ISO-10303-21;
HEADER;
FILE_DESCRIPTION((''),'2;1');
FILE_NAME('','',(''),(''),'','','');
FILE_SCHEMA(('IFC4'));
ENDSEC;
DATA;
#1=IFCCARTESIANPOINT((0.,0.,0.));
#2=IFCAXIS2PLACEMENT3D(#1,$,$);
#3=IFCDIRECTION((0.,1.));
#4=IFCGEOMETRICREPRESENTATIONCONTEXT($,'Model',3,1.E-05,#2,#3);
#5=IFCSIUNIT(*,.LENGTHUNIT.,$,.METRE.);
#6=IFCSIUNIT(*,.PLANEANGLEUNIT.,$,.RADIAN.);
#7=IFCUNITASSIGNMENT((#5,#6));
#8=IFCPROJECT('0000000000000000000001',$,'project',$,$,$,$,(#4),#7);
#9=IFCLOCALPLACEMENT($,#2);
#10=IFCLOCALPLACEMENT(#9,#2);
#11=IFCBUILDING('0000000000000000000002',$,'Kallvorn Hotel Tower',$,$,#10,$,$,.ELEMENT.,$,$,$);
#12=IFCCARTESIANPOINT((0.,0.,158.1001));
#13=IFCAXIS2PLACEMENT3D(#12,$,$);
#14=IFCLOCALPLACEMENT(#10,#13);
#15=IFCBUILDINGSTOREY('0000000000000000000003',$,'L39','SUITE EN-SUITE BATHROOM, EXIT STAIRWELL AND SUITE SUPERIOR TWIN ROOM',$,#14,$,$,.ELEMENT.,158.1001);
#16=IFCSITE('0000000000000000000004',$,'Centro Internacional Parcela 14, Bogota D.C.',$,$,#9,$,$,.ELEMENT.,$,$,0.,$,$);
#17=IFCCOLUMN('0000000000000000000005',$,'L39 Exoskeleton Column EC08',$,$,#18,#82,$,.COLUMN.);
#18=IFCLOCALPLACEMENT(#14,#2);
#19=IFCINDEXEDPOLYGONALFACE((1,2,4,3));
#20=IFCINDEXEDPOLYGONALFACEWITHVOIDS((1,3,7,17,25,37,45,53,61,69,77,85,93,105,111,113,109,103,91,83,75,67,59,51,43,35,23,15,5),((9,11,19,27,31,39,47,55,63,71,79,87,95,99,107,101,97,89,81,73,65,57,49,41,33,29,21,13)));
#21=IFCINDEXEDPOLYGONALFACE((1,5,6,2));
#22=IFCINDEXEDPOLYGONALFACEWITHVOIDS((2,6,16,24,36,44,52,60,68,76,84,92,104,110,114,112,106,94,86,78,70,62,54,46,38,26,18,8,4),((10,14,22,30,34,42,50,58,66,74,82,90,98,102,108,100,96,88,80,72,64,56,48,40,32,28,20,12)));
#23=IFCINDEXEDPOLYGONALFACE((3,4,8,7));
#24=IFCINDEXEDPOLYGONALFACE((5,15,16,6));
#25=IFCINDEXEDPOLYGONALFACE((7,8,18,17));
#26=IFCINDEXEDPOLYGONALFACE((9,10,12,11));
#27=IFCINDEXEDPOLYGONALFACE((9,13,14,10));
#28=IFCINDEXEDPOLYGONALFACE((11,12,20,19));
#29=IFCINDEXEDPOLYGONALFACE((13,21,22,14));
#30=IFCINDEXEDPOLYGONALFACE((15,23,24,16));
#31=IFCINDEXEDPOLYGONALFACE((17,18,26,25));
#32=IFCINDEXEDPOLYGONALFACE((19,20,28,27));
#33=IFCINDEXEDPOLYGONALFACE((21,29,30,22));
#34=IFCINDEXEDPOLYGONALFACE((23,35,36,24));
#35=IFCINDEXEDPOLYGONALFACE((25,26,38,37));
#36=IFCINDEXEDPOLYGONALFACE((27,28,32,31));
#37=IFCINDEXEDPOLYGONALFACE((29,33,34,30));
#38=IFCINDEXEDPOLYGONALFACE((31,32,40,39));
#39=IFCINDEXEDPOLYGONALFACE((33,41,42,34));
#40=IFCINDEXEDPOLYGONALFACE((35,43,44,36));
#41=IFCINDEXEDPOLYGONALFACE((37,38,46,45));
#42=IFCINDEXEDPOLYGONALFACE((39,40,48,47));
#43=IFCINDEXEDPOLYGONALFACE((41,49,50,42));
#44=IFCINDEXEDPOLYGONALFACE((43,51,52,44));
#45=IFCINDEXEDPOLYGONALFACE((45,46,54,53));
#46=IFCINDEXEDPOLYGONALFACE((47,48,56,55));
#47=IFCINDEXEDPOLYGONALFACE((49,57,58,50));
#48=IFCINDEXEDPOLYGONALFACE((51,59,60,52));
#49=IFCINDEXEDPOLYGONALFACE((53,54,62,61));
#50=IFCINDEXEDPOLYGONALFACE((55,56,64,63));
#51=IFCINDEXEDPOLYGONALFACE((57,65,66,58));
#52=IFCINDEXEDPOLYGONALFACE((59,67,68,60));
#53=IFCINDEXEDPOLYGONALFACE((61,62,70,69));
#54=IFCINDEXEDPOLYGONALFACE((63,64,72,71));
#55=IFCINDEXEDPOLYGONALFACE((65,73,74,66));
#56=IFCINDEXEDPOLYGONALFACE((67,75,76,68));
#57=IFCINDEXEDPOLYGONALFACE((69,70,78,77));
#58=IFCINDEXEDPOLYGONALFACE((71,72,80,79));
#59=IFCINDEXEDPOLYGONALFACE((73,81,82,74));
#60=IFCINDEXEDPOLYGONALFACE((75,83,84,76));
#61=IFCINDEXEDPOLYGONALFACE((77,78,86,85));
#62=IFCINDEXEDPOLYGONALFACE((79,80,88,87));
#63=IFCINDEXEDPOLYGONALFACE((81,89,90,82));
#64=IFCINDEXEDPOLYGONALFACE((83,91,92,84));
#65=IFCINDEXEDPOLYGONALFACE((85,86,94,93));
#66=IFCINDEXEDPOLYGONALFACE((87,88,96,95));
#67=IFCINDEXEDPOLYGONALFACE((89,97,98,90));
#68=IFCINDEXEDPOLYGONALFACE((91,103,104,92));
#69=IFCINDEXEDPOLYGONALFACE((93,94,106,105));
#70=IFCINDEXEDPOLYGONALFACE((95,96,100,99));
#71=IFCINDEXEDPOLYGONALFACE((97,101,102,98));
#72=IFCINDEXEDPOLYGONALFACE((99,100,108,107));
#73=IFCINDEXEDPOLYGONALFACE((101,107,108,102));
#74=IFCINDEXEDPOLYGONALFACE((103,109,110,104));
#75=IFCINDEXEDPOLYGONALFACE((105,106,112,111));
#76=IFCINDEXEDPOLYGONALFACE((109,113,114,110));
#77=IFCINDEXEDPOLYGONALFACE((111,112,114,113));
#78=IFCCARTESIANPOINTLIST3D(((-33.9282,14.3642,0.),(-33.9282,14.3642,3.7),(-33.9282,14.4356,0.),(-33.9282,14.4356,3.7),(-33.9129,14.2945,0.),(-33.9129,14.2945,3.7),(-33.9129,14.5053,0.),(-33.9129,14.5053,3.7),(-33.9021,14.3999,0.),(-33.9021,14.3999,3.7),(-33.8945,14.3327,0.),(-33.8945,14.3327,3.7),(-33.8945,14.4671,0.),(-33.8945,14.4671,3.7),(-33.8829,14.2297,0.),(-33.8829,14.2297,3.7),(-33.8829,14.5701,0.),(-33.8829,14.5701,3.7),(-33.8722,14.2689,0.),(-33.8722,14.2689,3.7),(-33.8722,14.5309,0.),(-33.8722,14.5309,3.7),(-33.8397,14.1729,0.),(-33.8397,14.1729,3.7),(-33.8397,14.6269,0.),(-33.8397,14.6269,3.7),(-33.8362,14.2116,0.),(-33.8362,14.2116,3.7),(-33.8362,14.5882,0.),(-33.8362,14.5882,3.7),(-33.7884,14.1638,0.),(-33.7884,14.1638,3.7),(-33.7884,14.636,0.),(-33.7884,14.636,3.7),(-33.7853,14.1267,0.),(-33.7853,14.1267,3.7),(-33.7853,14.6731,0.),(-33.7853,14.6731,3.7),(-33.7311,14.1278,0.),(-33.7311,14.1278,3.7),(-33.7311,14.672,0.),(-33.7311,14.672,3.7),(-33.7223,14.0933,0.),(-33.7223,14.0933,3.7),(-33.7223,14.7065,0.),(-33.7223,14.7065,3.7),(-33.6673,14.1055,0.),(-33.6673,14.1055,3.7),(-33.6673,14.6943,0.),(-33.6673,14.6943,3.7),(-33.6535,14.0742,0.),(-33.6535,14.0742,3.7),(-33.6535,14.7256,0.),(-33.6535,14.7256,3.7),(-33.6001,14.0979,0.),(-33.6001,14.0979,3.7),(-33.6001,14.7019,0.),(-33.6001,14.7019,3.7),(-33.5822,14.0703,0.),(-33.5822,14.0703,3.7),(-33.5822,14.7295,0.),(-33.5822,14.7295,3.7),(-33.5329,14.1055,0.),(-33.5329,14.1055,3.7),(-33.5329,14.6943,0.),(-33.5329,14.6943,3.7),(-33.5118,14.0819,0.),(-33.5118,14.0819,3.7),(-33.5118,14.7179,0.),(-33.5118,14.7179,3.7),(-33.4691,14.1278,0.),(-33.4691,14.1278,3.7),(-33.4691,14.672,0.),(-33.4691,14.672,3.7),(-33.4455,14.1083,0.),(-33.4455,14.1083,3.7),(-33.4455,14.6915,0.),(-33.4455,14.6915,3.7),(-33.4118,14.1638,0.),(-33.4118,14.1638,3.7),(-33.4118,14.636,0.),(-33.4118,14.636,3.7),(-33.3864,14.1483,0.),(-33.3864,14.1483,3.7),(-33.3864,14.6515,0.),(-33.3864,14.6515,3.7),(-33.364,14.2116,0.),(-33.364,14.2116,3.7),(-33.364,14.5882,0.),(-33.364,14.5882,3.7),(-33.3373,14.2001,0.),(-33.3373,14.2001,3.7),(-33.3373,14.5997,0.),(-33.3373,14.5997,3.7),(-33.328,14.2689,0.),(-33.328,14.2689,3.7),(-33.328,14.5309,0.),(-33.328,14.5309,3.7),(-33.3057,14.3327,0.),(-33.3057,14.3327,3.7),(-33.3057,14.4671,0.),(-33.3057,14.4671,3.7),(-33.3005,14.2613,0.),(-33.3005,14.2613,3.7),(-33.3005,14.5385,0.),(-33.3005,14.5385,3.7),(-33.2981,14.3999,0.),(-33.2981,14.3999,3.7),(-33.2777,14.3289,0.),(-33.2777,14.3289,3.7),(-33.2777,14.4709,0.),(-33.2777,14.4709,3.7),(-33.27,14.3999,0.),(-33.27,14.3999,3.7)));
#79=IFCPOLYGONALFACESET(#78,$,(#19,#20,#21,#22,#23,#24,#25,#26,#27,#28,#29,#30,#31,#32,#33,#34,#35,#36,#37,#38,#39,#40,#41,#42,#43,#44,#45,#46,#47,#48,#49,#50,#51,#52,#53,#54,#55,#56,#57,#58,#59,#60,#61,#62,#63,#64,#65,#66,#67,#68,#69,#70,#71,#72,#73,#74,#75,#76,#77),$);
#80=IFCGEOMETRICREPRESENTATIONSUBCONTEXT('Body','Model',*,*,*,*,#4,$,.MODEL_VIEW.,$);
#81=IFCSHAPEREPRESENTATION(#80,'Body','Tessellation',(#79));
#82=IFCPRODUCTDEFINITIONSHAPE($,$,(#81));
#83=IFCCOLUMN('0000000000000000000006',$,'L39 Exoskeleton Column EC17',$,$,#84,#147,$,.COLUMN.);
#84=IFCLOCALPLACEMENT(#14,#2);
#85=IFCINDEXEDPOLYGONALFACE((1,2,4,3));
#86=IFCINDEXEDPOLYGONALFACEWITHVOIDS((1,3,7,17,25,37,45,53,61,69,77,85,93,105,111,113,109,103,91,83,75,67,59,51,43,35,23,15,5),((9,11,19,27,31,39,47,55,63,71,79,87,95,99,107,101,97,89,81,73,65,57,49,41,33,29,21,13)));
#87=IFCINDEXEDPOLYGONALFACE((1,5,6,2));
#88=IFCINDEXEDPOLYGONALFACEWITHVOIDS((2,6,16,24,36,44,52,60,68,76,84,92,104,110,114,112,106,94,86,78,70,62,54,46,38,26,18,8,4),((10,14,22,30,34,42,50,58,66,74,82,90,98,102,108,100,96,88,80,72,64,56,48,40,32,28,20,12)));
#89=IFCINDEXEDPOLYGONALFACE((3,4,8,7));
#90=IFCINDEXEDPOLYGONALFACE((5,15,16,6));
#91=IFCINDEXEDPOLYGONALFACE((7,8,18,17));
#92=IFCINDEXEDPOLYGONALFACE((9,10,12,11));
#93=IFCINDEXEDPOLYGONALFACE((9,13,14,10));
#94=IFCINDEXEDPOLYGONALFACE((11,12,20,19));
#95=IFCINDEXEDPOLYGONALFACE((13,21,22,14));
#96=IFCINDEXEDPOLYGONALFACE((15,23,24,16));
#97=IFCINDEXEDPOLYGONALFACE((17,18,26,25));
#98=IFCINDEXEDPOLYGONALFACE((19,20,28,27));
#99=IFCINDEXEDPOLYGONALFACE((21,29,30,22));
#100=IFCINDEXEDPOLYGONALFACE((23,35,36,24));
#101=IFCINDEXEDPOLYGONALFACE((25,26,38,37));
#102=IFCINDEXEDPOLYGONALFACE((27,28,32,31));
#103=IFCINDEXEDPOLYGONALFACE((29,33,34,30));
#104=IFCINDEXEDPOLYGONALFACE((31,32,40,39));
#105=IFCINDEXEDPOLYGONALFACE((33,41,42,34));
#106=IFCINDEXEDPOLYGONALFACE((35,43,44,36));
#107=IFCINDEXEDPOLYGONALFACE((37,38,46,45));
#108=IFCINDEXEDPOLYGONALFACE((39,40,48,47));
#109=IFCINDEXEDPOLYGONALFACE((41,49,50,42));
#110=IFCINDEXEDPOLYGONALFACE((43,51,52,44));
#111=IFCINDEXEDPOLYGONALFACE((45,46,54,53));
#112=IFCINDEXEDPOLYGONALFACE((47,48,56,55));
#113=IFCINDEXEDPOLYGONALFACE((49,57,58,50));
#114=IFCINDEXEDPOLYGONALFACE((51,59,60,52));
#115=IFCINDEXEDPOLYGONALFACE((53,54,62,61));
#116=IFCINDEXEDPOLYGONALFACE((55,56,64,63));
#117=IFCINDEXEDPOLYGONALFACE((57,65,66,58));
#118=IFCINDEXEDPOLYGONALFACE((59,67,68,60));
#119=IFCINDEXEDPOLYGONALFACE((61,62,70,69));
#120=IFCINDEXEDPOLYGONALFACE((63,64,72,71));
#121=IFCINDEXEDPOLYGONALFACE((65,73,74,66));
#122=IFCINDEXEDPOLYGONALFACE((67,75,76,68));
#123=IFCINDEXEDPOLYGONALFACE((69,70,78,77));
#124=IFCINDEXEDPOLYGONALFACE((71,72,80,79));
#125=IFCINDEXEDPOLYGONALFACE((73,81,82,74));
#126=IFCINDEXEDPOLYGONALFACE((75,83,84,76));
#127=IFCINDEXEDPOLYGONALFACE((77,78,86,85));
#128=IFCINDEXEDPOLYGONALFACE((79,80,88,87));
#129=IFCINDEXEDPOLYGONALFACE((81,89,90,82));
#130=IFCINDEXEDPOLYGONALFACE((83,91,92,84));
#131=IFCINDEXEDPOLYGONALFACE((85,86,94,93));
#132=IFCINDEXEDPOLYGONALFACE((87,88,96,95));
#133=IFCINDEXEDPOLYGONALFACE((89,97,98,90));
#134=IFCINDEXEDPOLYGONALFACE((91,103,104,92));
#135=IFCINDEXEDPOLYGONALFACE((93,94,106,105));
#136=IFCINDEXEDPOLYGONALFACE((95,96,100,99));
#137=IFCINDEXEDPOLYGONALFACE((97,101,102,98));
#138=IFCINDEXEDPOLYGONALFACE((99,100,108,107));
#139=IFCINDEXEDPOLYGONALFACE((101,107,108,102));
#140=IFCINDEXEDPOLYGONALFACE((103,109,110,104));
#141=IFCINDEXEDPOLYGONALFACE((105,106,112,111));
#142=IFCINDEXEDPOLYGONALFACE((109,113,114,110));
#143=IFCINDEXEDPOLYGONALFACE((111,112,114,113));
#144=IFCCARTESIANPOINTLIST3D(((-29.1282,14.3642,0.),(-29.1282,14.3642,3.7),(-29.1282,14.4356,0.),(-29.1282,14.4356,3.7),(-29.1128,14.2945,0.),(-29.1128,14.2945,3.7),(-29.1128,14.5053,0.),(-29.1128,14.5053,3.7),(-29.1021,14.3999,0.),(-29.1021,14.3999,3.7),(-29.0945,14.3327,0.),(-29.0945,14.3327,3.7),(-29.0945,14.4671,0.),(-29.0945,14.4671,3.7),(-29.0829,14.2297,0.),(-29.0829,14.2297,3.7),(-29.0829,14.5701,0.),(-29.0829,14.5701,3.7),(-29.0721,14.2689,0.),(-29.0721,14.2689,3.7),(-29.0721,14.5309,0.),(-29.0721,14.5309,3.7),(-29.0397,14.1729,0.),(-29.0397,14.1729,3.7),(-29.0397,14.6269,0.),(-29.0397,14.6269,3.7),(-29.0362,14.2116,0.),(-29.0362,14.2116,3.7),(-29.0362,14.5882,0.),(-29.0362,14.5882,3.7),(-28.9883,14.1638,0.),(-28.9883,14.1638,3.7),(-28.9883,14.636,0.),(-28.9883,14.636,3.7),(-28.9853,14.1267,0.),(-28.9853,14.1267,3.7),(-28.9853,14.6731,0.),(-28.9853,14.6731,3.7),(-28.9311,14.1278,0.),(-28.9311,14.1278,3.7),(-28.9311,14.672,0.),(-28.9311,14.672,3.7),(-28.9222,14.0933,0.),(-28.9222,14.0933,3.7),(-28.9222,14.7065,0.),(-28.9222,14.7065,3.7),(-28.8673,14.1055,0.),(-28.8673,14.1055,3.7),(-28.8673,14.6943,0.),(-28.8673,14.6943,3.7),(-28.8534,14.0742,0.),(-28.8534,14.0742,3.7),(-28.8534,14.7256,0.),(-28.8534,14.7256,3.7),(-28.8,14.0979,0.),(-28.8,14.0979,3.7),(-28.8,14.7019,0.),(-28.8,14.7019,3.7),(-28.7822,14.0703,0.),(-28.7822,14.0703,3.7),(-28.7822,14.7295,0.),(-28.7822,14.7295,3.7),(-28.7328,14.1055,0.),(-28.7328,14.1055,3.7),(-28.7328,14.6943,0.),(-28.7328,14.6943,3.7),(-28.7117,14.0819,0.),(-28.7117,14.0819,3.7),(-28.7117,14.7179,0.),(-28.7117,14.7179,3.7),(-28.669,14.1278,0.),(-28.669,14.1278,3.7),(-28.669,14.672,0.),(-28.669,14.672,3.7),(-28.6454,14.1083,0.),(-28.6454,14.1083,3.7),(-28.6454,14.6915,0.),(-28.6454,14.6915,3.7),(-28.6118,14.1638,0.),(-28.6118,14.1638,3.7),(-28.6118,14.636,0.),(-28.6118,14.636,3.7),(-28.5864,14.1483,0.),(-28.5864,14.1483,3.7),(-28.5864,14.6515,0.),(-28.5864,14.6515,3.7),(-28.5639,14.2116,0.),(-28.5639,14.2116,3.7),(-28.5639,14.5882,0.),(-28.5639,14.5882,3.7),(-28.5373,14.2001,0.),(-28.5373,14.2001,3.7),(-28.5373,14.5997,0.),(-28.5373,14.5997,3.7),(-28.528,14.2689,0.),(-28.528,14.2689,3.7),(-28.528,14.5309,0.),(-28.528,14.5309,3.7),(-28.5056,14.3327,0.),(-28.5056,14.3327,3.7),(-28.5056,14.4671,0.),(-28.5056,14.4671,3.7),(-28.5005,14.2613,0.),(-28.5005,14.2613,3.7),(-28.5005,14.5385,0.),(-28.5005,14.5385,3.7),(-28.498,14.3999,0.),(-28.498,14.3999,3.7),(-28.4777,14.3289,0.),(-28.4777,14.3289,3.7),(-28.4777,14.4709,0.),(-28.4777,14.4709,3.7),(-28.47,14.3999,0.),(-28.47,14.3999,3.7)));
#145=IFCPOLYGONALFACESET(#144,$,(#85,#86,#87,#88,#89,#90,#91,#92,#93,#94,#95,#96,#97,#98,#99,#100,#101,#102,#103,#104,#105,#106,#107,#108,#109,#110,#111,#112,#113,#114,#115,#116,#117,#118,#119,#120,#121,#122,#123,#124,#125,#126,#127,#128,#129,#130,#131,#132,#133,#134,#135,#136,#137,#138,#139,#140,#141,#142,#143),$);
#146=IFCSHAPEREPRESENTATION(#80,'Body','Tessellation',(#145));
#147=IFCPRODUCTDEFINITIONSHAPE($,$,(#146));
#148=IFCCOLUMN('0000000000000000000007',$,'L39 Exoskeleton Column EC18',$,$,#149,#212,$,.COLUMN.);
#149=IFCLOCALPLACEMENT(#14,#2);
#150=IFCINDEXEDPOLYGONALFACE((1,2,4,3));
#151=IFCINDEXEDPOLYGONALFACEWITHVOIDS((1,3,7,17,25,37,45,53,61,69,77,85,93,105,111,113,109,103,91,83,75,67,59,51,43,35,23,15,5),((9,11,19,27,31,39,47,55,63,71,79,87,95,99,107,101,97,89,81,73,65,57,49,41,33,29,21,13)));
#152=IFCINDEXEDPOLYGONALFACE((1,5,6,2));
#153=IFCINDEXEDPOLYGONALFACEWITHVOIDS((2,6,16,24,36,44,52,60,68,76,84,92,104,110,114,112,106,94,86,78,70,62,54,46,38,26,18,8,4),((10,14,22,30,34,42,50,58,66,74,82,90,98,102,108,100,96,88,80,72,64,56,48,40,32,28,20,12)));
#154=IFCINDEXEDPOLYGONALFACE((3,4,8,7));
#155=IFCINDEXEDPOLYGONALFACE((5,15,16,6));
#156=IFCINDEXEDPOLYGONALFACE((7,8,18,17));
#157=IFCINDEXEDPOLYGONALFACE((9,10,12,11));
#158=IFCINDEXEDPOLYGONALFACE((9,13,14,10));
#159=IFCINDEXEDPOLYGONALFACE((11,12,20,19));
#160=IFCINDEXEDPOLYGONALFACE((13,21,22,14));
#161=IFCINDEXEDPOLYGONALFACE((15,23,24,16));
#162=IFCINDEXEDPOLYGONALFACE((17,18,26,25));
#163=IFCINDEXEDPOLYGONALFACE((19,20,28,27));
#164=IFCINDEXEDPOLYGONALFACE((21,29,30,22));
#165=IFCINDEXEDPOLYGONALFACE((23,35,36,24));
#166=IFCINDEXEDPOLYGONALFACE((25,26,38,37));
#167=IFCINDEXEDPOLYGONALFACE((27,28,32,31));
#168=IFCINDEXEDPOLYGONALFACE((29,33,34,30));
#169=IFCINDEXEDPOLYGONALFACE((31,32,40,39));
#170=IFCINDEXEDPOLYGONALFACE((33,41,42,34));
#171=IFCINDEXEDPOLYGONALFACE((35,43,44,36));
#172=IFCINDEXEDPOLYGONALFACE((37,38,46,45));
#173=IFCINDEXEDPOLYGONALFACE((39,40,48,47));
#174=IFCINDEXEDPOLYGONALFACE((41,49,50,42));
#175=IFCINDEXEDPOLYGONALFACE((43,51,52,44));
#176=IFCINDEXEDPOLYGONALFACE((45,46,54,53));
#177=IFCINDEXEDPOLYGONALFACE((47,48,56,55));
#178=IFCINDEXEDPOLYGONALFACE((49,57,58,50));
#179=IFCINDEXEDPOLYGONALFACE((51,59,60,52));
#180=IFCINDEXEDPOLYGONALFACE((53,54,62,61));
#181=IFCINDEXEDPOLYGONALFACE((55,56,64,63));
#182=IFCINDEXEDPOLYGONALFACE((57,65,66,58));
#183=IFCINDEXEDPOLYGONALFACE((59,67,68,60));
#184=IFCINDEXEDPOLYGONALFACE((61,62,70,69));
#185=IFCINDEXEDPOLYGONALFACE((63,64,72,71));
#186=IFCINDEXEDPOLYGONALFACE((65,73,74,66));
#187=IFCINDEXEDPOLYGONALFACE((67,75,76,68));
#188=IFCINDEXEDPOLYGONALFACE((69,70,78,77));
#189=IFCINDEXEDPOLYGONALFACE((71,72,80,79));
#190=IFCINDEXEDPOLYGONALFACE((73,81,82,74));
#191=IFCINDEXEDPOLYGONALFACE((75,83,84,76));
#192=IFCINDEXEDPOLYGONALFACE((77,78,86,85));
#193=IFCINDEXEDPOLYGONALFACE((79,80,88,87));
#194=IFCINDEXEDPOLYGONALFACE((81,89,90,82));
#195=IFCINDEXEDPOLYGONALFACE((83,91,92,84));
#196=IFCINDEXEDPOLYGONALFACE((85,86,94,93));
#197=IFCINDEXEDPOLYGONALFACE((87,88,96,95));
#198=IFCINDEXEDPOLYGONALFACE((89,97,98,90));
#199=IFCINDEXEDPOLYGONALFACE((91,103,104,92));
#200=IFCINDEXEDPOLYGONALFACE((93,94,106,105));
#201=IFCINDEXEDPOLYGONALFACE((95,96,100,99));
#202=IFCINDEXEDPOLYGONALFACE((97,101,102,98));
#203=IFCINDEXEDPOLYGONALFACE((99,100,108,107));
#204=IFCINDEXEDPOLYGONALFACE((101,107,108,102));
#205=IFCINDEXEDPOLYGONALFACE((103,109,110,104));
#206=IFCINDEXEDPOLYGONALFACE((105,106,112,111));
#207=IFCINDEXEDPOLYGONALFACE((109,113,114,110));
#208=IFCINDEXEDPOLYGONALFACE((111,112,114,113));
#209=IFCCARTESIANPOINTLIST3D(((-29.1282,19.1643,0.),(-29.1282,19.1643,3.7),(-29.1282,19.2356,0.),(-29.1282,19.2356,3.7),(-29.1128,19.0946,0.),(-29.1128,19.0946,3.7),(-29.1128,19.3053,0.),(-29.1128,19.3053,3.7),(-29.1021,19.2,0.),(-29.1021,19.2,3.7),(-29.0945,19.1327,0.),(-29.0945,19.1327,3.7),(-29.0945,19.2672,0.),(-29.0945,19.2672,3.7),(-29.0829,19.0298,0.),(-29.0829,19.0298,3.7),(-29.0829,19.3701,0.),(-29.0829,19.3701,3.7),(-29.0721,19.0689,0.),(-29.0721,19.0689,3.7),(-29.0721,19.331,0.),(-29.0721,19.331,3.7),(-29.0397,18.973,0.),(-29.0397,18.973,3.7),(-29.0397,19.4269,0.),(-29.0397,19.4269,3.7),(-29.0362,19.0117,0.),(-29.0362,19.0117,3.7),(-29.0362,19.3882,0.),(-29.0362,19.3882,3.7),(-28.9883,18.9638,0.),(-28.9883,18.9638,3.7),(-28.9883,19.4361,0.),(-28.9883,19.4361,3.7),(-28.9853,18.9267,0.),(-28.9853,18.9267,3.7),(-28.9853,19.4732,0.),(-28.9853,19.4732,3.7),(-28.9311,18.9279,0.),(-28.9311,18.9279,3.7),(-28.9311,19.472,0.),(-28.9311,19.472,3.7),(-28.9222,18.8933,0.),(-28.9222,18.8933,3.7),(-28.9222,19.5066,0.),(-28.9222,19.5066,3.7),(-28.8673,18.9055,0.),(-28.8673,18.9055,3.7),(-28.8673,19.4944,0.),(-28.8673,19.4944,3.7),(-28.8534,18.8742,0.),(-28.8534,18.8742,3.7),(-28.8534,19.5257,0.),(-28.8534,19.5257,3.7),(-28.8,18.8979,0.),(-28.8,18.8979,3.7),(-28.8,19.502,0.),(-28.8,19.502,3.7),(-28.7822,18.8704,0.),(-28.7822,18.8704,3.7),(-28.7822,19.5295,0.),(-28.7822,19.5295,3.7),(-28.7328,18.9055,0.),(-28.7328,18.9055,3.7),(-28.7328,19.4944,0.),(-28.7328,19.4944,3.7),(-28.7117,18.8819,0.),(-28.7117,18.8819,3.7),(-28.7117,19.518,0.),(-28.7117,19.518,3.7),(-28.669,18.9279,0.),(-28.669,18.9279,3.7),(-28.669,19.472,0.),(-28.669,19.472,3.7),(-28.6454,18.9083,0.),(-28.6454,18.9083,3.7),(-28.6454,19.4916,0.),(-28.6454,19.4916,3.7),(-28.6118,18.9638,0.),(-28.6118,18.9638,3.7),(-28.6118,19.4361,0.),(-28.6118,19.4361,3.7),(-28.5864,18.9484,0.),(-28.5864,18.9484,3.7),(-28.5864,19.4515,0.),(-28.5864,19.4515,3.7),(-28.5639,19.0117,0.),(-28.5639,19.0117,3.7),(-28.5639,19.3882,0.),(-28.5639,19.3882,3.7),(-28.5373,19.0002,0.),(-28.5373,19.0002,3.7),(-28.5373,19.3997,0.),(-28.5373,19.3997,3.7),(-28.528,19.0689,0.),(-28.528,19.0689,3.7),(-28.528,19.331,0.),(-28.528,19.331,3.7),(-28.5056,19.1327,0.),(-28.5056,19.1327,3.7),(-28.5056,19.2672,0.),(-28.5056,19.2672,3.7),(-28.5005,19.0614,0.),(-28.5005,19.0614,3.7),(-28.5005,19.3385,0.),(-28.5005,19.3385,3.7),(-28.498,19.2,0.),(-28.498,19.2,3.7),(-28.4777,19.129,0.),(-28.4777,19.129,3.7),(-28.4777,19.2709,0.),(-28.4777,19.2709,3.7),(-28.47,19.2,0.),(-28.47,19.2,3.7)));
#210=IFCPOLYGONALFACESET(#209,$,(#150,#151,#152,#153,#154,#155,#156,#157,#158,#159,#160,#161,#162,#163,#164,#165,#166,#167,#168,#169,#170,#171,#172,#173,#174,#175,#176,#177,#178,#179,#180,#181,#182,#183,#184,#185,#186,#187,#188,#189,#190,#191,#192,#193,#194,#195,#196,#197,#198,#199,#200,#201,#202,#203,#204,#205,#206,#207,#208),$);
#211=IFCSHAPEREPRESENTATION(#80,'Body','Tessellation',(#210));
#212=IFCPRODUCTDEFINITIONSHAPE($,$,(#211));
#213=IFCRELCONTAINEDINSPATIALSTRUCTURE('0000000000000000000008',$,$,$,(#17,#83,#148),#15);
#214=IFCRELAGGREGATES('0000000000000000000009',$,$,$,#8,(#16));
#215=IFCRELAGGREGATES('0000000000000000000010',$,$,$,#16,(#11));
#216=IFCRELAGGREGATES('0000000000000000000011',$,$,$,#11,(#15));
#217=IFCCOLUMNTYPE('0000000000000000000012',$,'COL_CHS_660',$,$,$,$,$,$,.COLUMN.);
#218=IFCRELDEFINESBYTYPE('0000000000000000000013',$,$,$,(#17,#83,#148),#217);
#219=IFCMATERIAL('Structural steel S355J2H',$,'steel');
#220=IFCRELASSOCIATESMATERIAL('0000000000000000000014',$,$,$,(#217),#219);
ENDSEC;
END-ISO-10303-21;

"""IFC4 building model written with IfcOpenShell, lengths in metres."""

from ifc_helpers import new_model, si_unit, direction, frame, origin, origin_2d, place, context, subcontext, project, spatial, hollow_circle, extrude, material, material_profile, profile_set, type_object, element, save


model = new_model("IFC4")

# Units and contexts
model_context = context("Model", 3, precision=1e-05, world=origin(), true_north=direction((0.0, 1.0)))
body_context = subcontext(model_context, "Body", "Model", "MODEL_VIEW")
ifc_project = project(units=[si_unit("LENGTHUNIT", "METRE"), si_unit("PLANEANGLEUNIT", "RADIAN")], contexts=[model_context])

# Site, building, storey
site_placement = place(None, origin())
site = spatial("IfcSite", under=ifc_project, at=site_placement, Name="Centro Internacional Parcela 14, Bogota D.C.", CompositionType="ELEMENT", RefElevation=0.0)
building_placement = place(site_placement, origin())
building = spatial("IfcBuilding", under=site, at=building_placement, Name="Kallvorn Hotel Tower", CompositionType="ELEMENT")
storey_placement = place(building_placement, frame((0.0, 0.0, 158.1001)))
storey = spatial("IfcBuildingStorey", under=building, at=storey_placement, Name="L39", Description="SUITE EN-SUITE BATHROOM, EXIT STAIRWELL AND SUITE SUPERIOR TWIN ROOM", CompositionType="ELEMENT", Elevation=158.1001)

# Columns
ifc_material_1 = material(Name="Structural steel S355J2H", Category="steel")
ifc_material_profile_1 = material_profile(ifc_material_1, hollow_circle(Radius=0.3301, WallThickness=0.0281, at=origin_2d()), Name="CHS 660x28")
ifc_profile_set_1 = profile_set([ifc_material_profile_1], Name="Structural steel S355J2H")
column_type_1 = type_object("IfcColumnType", Name="COL_CHS_660", PredefinedType="COLUMN", material=ifc_profile_set_1)
for number, where, z_axis, x_axis, name in (
    (1, (-33.6001, 14.3999, 0.0), (0.0, 0.0, 1.0), (1.0, 0.0, 0.0), "L39 Exoskeleton Column EC08"),
    (2, (-28.8, 14.3999, 0.0), (0.0, 0.0, 1.0), (1.0, 0.0, 0.0), "L39 Exoskeleton Column EC17"),
    (3, (-28.8, 19.2, 0.0), (0.0, 0.0, 1.0), (1.0, 0.0, 0.0), "L39 Exoskeleton Column EC18"),
):
    element("IfcColumn", number, at=place(storey_placement, frame(where, z_axis=z_axis, x_axis=x_axis)), inside=storey, type_object=column_type_1, Name=name, PredefinedType="COLUMN", context=body_context, shape_type="SweptSolid", body=[
        extrude(hollow_circle(Radius=0.3301, WallThickness=0.0281, at=origin_2d()), origin(), (0.0, 0.0, 1.0), 3.7),
    ])

save(model, "model.ifc")
